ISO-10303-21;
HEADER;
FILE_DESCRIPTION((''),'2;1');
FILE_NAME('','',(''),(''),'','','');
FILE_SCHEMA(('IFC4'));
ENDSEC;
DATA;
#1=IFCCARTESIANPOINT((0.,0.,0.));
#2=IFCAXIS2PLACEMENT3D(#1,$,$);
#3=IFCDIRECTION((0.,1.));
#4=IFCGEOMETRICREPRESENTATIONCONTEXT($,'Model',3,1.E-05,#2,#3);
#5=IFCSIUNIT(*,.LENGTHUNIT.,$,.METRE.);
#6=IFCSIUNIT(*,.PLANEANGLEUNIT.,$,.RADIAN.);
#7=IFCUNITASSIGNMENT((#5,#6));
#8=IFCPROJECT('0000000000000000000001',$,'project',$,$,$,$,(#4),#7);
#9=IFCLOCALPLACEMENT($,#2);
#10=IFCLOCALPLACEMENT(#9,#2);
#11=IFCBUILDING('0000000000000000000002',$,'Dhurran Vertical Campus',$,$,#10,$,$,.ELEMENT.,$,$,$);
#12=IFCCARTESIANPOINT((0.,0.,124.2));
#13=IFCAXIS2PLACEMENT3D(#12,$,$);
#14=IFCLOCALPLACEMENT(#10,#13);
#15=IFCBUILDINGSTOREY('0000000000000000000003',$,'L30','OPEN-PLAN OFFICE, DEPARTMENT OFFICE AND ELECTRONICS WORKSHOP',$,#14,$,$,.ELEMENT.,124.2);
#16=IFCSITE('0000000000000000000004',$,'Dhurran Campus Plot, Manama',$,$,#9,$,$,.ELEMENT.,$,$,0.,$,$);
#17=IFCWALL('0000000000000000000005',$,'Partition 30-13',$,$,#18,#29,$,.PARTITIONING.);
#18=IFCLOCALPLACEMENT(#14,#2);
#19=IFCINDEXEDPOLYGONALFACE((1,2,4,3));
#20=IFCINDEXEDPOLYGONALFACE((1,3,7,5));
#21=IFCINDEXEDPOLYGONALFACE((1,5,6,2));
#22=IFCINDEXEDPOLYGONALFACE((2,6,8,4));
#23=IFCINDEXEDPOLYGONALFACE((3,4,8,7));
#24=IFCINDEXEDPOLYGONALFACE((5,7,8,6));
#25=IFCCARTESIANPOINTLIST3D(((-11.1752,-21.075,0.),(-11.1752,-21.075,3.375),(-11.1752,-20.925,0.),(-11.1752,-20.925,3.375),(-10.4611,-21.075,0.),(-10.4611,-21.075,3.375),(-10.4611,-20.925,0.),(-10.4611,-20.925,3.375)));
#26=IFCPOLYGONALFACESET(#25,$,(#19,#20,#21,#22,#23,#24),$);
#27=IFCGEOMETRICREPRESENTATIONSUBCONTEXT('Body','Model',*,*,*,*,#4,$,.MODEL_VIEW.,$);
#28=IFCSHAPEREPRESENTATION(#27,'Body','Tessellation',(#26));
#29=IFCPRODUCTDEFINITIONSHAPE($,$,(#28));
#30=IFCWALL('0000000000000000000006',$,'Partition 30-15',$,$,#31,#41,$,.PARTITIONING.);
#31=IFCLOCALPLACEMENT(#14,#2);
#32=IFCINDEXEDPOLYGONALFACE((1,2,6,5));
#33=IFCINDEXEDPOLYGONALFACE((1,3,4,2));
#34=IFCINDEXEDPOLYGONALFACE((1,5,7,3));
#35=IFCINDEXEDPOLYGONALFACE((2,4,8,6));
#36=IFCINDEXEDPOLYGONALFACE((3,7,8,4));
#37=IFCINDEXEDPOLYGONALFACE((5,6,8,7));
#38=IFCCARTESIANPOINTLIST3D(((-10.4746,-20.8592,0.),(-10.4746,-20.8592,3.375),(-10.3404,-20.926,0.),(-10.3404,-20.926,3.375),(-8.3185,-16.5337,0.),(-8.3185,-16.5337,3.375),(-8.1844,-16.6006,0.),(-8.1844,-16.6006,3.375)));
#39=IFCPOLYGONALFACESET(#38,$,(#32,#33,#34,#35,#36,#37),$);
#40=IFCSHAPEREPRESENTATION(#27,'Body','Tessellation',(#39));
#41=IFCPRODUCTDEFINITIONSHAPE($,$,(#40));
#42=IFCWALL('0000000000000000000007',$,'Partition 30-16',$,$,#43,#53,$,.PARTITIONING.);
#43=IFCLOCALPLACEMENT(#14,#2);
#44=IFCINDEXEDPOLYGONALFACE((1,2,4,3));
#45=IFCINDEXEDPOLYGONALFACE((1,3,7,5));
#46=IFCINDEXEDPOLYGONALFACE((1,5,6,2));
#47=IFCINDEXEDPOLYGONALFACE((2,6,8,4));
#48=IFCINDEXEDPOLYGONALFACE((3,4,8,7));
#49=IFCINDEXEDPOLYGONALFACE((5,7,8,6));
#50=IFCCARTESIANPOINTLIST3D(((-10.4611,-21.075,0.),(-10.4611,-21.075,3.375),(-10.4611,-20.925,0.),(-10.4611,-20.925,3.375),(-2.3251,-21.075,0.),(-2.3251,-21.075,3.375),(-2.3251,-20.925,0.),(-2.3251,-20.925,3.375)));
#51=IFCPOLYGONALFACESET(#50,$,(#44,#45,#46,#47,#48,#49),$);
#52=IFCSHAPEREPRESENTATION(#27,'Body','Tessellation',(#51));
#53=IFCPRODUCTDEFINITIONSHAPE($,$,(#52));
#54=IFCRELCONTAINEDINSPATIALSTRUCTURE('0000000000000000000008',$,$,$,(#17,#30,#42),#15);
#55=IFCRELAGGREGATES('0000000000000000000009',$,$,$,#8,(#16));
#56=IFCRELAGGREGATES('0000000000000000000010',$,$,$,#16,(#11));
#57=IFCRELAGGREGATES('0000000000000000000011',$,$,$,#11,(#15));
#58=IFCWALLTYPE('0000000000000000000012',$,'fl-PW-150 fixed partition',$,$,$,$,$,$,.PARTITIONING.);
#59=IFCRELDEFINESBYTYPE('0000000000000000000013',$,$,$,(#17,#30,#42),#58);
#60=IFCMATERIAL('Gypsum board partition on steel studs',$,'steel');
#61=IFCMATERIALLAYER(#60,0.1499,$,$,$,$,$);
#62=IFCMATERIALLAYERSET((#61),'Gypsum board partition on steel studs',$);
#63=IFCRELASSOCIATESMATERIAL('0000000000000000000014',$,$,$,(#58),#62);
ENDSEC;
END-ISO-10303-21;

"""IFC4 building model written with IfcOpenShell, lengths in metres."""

from ifc_helpers import new_model, si_unit, direction, frame, frame_2d, origin, place, context, subcontext, project, spatial, rectangle, extrude, material, layer, layer_set, type_object, element, save


model = new_model("IFC4")

# Units and contexts
model_context = context("Model", 3, precision=1e-05, world=origin(), true_north=direction((0.0, 1.0)))
body_context = subcontext(model_context, "Body", "Model", "MODEL_VIEW")
ifc_project = project(units=[si_unit("LENGTHUNIT", "METRE"), si_unit("PLANEANGLEUNIT", "RADIAN")], contexts=[model_context])

# Site, building, storey
site_placement = place(None, origin())
site = spatial("IfcSite", under=ifc_project, at=site_placement, Name="Dhurran Campus Plot, Manama", CompositionType="ELEMENT", RefElevation=0.0)
building_placement = place(site_placement, origin())
building = spatial("IfcBuilding", under=site, at=building_placement, Name="Dhurran Vertical Campus", CompositionType="ELEMENT")
storey_placement = place(building_placement, frame((0.0, 0.0, 124.2)))
storey = spatial("IfcBuildingStorey", under=building, at=storey_placement, Name="L30", Description="OPEN-PLAN OFFICE, DEPARTMENT OFFICE AND ELECTRONICS WORKSHOP", CompositionType="ELEMENT", Elevation=124.2)

# Walls
ifc_material_1 = material(Name="Gypsum board partition on steel studs", Category="steel")
ifc_layer_1 = layer(ifc_material_1, 0.1499)
ifc_layer_set_1 = layer_set([ifc_layer_1], Name="Gypsum board partition on steel studs")
wall_type_1 = type_object("IfcWallType", Name="fl-PW-150 fixed partition", PredefinedType="PARTITIONING", material=ifc_layer_set_1)
wall_1_placement = place(storey_placement, frame((-11.175, -21.0, 0.0), z_axis=(0.0, 0.0, 1.0), x_axis=(1.0, 0.0, 0.0)))
element("IfcWall", 1, at=wall_1_placement, inside=storey, type_object=wall_type_1, Name="Partition 30-13", PredefinedType="PARTITIONING", context=body_context, shape_type="SweptSolid", body=[
    extrude(rectangle(XDim=0.7141, YDim=0.1499, at=frame_2d((0.3569, 0.0))), origin(), (0.0, 0.0, 1.0), 3.375),
])
wall_2_placement = place(storey_placement, frame((-8.2515, -16.5671, 0.0), z_axis=(0.0, 0.0, 1.0), x_axis=(-0.446102, -0.894982, 0.0)))
element("IfcWall", 2, at=wall_2_placement, inside=storey, type_object=wall_type_1, Name="Partition 30-15", PredefinedType="PARTITIONING", context=body_context, shape_type="SweptSolid", body=[
    extrude(rectangle(XDim=4.833, YDim=0.1499, at=frame_2d((2.4165, 0.0))), origin(), (0.0, 0.0, 1.0), 3.375),
])
wall_3_placement = place(storey_placement, frame((-10.4609, -21.0, 0.0), z_axis=(0.0, 0.0, 1.0), x_axis=(1.0, 0.0, 0.0)))
element("IfcWall", 3, at=wall_3_placement, inside=storey, type_object=wall_type_1, Name="Partition 30-16", PredefinedType="PARTITIONING", context=body_context, shape_type="SweptSolid", body=[
    extrude(rectangle(XDim=8.136, YDim=0.1499, at=frame_2d((4.0679, 0.0))), origin(), (0.0, 0.0, 1.0), 3.375),
])

save(model, "model.ifc")
